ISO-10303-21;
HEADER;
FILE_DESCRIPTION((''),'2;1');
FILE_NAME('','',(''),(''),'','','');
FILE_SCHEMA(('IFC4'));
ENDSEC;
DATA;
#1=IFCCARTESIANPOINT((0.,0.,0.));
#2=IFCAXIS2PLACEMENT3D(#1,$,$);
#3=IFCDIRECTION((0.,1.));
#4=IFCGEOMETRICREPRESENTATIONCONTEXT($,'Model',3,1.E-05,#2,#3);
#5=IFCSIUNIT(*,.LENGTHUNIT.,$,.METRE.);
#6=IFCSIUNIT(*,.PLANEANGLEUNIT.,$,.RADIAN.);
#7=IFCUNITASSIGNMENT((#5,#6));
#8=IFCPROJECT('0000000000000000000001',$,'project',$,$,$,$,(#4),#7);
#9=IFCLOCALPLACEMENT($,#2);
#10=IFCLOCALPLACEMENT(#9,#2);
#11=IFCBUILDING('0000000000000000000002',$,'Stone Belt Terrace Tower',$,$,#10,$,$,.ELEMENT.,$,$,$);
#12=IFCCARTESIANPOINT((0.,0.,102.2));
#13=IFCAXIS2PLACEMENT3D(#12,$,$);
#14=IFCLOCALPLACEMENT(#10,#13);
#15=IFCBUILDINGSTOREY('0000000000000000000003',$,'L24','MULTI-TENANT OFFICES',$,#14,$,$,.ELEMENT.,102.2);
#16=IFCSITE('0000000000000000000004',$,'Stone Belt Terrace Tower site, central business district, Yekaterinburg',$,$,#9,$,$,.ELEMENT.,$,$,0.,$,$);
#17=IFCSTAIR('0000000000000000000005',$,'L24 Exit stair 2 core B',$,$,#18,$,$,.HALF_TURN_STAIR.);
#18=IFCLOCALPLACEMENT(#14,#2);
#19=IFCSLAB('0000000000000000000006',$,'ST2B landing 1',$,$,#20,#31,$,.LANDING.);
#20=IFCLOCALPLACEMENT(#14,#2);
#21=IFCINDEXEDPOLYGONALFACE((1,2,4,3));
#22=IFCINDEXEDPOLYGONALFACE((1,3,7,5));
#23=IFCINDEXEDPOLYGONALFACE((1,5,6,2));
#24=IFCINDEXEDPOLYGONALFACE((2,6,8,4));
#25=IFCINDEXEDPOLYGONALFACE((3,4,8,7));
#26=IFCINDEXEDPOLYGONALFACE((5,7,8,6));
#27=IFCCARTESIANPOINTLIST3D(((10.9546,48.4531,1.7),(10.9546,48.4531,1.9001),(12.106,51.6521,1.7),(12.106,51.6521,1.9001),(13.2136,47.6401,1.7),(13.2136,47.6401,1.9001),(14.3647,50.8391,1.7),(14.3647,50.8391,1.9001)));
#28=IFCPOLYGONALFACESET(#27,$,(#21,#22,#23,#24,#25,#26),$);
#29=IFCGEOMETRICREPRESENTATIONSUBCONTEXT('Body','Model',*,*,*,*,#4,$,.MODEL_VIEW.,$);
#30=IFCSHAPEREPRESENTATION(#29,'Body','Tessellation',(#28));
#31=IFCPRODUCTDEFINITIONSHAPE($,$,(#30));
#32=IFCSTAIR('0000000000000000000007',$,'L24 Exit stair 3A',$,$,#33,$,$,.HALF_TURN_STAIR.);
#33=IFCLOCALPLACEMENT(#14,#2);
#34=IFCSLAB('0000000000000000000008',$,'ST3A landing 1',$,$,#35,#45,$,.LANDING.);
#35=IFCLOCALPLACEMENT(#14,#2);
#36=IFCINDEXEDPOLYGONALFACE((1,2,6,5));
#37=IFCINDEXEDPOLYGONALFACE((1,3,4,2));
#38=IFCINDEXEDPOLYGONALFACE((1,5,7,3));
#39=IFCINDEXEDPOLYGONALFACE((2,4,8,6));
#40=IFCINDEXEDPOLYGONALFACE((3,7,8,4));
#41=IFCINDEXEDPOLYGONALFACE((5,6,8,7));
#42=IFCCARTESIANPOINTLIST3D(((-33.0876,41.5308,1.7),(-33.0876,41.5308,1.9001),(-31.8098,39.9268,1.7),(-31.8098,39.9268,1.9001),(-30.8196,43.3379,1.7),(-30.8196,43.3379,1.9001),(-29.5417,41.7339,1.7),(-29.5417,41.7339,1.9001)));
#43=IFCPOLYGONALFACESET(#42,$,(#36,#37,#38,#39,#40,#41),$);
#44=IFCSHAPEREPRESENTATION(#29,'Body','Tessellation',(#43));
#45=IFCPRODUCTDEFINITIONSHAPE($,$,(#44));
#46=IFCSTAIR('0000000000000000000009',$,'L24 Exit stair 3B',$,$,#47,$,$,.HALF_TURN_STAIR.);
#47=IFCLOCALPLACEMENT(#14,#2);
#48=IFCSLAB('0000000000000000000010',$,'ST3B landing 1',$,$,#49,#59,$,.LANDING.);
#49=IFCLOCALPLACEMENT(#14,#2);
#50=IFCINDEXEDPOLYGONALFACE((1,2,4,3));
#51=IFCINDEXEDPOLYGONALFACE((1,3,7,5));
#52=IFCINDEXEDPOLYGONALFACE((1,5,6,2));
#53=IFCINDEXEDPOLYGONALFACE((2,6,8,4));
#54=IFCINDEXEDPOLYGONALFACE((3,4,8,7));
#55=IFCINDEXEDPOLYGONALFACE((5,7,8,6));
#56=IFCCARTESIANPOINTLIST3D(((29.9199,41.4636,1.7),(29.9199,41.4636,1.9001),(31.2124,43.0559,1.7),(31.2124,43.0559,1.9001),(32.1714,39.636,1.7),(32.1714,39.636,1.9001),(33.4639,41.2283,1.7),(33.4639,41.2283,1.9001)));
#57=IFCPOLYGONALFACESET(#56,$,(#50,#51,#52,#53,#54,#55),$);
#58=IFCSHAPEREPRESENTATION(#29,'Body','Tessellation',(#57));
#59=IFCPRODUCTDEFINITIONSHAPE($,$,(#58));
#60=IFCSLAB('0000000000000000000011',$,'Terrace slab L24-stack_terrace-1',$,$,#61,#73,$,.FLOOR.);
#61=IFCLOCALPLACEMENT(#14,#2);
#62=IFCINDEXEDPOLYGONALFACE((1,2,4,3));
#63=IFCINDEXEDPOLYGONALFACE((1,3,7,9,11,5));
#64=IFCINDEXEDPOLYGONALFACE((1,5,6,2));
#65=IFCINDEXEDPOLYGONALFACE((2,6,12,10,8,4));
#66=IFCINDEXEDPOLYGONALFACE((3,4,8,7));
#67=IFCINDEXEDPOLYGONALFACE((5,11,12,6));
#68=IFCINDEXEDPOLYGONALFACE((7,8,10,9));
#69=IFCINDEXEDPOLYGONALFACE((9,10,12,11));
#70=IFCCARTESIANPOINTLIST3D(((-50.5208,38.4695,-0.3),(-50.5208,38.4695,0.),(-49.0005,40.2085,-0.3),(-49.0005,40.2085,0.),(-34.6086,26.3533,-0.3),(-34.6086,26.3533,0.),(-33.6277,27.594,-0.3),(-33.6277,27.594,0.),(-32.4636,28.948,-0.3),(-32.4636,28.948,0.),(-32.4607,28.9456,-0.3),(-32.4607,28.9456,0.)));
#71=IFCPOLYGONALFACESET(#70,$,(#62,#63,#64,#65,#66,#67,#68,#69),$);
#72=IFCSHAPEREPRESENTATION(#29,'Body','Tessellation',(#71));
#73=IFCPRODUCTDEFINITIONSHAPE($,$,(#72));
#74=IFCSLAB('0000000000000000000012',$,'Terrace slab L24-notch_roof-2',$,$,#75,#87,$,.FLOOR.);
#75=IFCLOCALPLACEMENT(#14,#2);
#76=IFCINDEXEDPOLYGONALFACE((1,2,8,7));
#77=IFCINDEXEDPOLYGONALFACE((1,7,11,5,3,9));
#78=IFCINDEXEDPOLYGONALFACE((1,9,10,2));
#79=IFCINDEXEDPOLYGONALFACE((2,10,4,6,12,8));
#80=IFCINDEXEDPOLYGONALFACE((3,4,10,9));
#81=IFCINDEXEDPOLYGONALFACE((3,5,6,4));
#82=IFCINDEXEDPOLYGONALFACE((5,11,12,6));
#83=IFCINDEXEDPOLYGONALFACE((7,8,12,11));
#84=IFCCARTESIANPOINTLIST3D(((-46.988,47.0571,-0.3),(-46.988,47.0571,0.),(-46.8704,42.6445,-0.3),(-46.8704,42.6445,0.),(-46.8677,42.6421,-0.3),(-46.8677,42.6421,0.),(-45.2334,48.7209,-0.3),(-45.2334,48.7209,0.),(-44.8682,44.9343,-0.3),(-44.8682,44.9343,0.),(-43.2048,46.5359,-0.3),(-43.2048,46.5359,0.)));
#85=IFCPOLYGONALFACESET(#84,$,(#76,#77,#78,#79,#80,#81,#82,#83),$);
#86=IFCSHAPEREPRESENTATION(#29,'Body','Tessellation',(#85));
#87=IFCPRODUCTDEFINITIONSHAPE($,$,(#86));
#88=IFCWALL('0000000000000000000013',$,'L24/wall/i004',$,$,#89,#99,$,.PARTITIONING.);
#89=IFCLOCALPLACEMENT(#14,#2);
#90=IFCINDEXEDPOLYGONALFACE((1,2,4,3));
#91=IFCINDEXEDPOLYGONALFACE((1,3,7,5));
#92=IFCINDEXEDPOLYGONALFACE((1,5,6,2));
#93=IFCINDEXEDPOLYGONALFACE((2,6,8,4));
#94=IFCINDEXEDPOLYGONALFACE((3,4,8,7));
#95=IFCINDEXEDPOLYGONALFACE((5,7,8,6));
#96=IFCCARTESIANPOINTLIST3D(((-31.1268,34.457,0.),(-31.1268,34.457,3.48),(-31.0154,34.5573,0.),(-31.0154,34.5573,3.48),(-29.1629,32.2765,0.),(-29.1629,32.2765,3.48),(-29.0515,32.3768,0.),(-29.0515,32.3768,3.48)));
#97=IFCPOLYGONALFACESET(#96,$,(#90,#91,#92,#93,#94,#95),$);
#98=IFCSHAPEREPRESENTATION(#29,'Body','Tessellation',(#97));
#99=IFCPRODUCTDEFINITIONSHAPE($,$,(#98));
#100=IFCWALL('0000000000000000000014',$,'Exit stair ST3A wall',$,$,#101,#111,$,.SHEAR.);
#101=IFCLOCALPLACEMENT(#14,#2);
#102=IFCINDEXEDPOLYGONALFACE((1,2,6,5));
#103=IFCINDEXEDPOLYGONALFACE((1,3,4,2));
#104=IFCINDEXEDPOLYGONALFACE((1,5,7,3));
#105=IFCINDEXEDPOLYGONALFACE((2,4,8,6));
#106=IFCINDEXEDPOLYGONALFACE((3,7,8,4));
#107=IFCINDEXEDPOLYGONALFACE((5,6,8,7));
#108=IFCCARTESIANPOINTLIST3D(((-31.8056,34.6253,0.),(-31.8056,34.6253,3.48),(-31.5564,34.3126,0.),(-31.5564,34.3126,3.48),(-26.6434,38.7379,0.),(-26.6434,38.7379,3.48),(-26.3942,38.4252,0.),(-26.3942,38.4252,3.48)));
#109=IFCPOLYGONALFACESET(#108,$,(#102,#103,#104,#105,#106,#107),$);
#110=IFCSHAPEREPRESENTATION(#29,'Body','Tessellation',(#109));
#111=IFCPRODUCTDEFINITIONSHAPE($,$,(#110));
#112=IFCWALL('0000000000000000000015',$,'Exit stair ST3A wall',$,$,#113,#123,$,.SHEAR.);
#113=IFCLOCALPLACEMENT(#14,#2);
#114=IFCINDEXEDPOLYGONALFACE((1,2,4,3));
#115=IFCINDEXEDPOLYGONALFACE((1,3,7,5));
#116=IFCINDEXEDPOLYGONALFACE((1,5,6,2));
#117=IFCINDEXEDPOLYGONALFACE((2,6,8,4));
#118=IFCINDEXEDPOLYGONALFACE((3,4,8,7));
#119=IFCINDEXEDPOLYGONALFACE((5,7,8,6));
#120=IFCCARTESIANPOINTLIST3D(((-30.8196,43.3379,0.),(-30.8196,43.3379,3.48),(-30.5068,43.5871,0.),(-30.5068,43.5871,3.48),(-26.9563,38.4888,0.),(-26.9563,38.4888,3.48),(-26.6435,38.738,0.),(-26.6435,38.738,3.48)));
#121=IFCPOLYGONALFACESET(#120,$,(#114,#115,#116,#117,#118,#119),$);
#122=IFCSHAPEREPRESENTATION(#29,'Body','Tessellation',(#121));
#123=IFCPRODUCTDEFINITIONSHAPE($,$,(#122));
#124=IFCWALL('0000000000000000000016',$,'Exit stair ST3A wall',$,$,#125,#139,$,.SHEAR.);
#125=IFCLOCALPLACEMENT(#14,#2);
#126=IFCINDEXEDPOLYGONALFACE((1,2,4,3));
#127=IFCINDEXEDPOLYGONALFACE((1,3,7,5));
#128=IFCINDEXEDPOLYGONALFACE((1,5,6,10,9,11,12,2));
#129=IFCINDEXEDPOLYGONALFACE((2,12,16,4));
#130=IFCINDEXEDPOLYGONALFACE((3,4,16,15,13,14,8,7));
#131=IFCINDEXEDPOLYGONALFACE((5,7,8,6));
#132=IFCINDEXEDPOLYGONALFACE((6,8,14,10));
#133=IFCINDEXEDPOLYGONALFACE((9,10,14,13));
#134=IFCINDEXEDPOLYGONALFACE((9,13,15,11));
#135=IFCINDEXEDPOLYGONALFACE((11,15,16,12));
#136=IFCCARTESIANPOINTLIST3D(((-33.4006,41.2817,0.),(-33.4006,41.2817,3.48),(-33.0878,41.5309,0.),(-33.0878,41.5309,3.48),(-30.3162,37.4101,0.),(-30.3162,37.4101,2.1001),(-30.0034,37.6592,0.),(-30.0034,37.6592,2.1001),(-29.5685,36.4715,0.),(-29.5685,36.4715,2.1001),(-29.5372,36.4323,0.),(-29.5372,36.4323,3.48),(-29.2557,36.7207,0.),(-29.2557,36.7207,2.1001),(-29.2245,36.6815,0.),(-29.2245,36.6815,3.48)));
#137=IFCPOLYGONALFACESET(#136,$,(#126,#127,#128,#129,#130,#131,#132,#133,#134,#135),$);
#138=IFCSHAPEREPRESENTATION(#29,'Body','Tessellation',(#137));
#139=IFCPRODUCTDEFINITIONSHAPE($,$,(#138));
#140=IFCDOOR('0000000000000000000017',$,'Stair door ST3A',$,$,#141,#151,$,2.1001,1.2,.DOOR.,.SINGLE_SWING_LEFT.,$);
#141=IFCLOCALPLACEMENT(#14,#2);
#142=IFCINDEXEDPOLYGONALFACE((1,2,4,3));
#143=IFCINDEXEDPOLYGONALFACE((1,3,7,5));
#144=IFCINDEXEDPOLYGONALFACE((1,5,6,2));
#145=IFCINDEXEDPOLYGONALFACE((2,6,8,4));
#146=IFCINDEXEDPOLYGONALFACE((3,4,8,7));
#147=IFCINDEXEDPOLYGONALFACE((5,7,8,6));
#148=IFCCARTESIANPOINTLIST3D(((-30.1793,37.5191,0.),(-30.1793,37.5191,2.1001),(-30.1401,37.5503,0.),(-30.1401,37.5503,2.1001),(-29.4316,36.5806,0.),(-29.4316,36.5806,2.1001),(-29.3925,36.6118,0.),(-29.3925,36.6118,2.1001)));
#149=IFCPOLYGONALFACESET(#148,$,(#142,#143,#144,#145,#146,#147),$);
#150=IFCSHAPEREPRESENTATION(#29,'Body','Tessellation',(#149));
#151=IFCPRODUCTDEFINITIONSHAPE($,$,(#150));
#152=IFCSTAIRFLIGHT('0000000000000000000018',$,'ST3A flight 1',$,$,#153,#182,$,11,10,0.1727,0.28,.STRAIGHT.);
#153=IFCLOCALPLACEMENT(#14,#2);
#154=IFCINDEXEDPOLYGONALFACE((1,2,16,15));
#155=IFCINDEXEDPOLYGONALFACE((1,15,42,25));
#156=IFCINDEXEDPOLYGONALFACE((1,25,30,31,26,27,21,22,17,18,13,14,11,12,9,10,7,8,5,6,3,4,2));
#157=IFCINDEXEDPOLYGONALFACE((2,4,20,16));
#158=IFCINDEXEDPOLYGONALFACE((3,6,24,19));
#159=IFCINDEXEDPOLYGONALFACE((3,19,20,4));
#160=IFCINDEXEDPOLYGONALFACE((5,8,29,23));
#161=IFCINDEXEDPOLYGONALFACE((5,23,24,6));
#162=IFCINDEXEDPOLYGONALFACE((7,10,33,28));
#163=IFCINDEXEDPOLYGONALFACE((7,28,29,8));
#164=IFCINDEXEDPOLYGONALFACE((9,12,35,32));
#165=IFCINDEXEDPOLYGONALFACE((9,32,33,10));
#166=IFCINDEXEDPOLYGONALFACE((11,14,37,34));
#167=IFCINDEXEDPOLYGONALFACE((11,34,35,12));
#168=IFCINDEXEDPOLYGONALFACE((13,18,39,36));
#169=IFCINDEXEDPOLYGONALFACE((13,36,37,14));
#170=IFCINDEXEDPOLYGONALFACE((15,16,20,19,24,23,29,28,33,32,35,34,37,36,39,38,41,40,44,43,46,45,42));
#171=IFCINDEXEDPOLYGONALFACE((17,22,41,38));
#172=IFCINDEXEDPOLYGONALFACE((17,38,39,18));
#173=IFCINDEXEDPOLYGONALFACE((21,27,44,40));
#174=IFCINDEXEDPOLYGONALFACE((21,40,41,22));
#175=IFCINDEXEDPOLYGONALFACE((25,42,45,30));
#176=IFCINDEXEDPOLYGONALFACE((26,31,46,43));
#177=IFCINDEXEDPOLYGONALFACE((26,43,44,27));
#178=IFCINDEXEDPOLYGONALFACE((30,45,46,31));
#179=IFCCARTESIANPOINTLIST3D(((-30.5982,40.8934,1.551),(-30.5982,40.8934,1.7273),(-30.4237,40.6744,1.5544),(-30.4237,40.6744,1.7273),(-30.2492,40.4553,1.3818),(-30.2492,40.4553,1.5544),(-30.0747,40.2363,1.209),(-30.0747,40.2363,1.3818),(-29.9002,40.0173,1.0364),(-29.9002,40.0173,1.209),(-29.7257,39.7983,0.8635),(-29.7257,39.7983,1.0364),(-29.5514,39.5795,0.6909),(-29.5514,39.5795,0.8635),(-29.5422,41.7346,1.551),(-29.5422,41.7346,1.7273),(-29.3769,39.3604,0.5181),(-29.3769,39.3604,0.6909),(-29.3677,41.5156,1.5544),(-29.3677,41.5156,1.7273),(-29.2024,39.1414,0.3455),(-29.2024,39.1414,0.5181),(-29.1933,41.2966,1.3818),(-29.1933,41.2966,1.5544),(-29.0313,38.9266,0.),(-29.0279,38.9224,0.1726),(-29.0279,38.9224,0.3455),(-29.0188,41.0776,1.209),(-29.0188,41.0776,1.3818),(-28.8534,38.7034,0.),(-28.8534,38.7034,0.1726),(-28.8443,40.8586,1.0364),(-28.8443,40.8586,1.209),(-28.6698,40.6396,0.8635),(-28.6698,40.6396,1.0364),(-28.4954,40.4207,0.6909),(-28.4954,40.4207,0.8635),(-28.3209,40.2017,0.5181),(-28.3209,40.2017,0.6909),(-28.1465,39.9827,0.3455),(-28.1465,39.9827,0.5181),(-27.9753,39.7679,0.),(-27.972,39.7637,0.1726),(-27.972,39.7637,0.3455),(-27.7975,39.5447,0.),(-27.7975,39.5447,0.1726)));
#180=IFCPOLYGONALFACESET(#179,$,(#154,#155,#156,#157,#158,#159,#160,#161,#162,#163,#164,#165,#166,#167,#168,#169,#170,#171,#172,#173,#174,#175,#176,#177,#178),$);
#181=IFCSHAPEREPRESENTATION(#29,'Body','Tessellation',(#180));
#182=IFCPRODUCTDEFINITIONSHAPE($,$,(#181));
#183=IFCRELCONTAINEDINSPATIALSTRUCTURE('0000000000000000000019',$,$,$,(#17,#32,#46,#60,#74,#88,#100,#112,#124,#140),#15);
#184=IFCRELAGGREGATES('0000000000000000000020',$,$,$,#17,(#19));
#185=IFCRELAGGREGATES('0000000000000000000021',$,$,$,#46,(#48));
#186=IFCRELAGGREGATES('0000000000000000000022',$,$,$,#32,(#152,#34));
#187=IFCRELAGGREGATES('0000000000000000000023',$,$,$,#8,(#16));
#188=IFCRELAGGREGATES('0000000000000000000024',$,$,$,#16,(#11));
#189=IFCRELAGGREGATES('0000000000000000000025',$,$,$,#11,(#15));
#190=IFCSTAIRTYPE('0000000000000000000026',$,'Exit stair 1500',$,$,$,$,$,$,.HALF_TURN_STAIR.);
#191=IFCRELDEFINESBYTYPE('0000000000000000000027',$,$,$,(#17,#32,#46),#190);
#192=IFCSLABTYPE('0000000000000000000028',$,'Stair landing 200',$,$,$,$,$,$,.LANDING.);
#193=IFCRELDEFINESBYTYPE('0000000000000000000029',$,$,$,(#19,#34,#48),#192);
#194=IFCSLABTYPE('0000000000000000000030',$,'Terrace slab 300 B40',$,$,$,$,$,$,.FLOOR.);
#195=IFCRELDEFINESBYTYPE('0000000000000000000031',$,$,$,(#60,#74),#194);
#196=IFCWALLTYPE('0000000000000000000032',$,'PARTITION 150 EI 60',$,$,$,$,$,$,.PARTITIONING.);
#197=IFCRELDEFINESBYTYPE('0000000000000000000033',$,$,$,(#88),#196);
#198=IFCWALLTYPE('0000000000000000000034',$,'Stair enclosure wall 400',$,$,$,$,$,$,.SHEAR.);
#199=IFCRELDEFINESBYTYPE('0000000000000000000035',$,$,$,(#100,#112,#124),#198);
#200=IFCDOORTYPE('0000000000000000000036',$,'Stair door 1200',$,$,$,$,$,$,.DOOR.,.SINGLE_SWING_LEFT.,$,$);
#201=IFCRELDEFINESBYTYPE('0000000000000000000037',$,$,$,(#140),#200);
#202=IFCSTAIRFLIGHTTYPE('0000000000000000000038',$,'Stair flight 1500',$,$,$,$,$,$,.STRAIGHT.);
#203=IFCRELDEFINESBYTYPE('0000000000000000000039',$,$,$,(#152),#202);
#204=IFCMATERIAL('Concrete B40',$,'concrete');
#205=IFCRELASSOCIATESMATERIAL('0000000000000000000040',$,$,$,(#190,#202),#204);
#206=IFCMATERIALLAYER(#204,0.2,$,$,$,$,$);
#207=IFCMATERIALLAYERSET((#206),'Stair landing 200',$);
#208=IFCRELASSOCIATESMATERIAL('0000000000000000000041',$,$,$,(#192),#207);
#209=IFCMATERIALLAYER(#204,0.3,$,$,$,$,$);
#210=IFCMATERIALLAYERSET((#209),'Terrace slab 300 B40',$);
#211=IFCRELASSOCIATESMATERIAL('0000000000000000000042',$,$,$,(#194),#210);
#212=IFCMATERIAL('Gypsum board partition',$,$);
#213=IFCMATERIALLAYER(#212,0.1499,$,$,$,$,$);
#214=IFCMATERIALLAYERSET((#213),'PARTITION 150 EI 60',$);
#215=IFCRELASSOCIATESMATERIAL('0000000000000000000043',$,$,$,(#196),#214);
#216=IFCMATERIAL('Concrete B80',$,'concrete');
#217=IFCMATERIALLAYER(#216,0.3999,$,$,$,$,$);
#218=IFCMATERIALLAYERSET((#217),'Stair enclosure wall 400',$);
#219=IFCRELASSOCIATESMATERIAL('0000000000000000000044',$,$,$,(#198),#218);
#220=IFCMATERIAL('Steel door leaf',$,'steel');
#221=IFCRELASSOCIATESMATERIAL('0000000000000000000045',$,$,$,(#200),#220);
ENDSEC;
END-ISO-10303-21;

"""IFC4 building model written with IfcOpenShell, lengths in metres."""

from ifc_helpers import new_model, si_unit, direction, frame, frame_2d, origin, place, context, subcontext, project, spatial, polyline, rectangle, outline, extrude, material, layer, layer_set, type_object, element, fill, aggregate, save


model = new_model("IFC4")

# Units and contexts
model_context = context("Model", 3, precision=1e-05, world=origin(), true_north=direction((0.0, 1.0)))
body_context = subcontext(model_context, "Body", "Model", "MODEL_VIEW")
ifc_project = project(units=[si_unit("LENGTHUNIT", "METRE"), si_unit("PLANEANGLEUNIT", "RADIAN")], contexts=[model_context])

# Site, building, storey
site_placement = place(None, origin())
site = spatial("IfcSite", under=ifc_project, at=site_placement, Name="Stone Belt Terrace Tower site, central business district, Yekaterinburg", CompositionType="ELEMENT", RefElevation=0.0)
building_placement = place(site_placement, origin())
building = spatial("IfcBuilding", under=site, at=building_placement, Name="Stone Belt Terrace Tower", CompositionType="ELEMENT")
storey_placement = place(building_placement, frame((0.0, 0.0, 102.2)))
storey = spatial("IfcBuildingStorey", under=building, at=storey_placement, Name="L24", Description="MULTI-TENANT OFFICES", CompositionType="ELEMENT", Elevation=102.2)

# Shared definitions
ifc_material_1 = material(Name="Concrete B80", Category="concrete")

# Shared definitions
ifc_material_2 = material(Name="Concrete B40", Category="concrete")

# Stairs, slabs
stair_type = type_object("IfcStairType", Name="Exit stair 1500", PredefinedType="HALF_TURN_STAIR", material=ifc_material_2)
ifc_layer_1 = layer(ifc_material_2, 0.2)
ifc_layer_set_1 = layer_set([ifc_layer_1], Name="Stair landing 200")
slab_type_1 = type_object("IfcSlabType", Name="Stair landing 200", PredefinedType="LANDING", material=ifc_layer_set_1)
stair_1_placement = place(storey_placement, origin())
stair_1 = element("IfcStair", 1, at=stair_1_placement, inside=storey, type_object=stair_type, Name="L24 Exit stair 2 core B", PredefinedType="HALF_TURN_STAIR")
slab_1_placement = place(storey_placement, frame((0.0, 0.0, 1.7)))
slab_1 = element("IfcSlab", 2, at=slab_1_placement, type_object=slab_type_1, Name="ST2B landing 1", PredefinedType="LANDING", context=body_context, shape_type="SweptSolid", body=[
    extrude(outline(polyline([(14.3647, 50.8391), (12.106, 51.6521), (10.9546, 48.4531), (13.2136, 47.6401), (14.3647, 50.8391)])), origin(), (0.0, 0.0, 1.0), 0.2002),
])
aggregate(stair_1, [slab_1])
stair_2_placement = place(storey_placement, origin())
stair_2 = element("IfcStair", 3, at=stair_2_placement, inside=storey, type_object=stair_type, Name="L24 Exit stair 3A", PredefinedType="HALF_TURN_STAIR")
slab_2_placement = place(storey_placement, frame((0.0, 0.0, 1.7)))
slab_2 = element("IfcSlab", 4, at=slab_2_placement, type_object=slab_type_1, Name="ST3A landing 1", PredefinedType="LANDING", context=body_context, shape_type="SweptSolid", body=[
    extrude(outline(polyline([(-29.5417, 41.7339), (-30.8196, 43.3379), (-33.0876, 41.5308), (-31.8098, 39.9268), (-29.5417, 41.7339)])), origin(), (0.0, 0.0, 1.0), 0.2002),
])
stair_3_placement = place(storey_placement, origin())
stair_3 = element("IfcStair", 5, at=stair_3_placement, inside=storey, type_object=stair_type, Name="L24 Exit stair 3B", PredefinedType="HALF_TURN_STAIR")
slab_3_placement = place(storey_placement, frame((0.0, 0.0, 1.7)))
slab_3 = element("IfcSlab", 6, at=slab_3_placement, type_object=slab_type_1, Name="ST3B landing 1", PredefinedType="LANDING", context=body_context, shape_type="SweptSolid", body=[
    extrude(outline(polyline([(32.1714, 39.636), (33.4639, 41.2283), (31.2124, 43.0559), (29.9199, 41.4636), (32.1714, 39.636)])), origin(), (0.0, 0.0, 1.0), 0.2002),
])
aggregate(stair_3, [slab_3])

# Slabs
ifc_layer_2 = layer(ifc_material_2, 0.3)
ifc_layer_set_2 = layer_set([ifc_layer_2], Name="Terrace slab 300 B40")
slab_type_2 = type_object("IfcSlabType", Name="Terrace slab 300 B40", PredefinedType="FLOOR", material=ifc_layer_set_2)
slab_4_placement = place(storey_placement, frame((0.0, 0.0, -0.3)))
element("IfcSlab", 7, at=slab_4_placement, inside=storey, type_object=slab_type_2, Name="Terrace slab L24-stack_terrace-1", PredefinedType="FLOOR", context=body_context, shape_type="SweptSolid", body=[
    extrude(outline(polyline([(-50.5208, 38.4695), (-34.6086, 26.3533), (-32.4607, 28.9456), (-32.4636, 28.948), (-33.6277, 27.594), (-49.0005, 40.2085), (-50.5208, 38.4695)])), origin(), (0.0, 0.0, 1.0), 0.3),
])
slab_5_placement = place(storey_placement, frame((0.0, 0.0, -0.3)))
element("IfcSlab", 8, at=slab_5_placement, inside=storey, type_object=slab_type_2, Name="Terrace slab L24-notch_roof-2", PredefinedType="FLOOR", context=body_context, shape_type="SweptSolid", body=[
    extrude(outline(polyline([(-46.988, 47.0571), (-44.8682, 44.9343), (-46.8704, 42.6445), (-46.8677, 42.6421), (-43.2048, 46.5359), (-45.2334, 48.7209), (-46.988, 47.0571)])), origin(), (0.0, 0.0, 1.0), 0.3),
])

# Walls
ifc_material_3 = material(Name="Gypsum board partition")
ifc_layer_3 = layer(ifc_material_3, 0.1499)
ifc_layer_set_3 = layer_set([ifc_layer_3], Name="PARTITION 150 EI 60")
wall_type_1 = type_object("IfcWallType", Name="PARTITION 150 EI 60", PredefinedType="PARTITIONING", material=ifc_layer_set_3)
wall_1_placement = place(storey_placement, frame((-29.1072, 32.3267, 0.0), z_axis=(0.0, 0.0, 1.0), x_axis=(-0.669245, 0.743042, 0.0)))
element("IfcWall", 9, at=wall_1_placement, inside=storey, type_object=wall_type_1, Name="L24/wall/i004", PredefinedType="PARTITIONING", context=body_context, shape_type="SweptSolid", body=[
    extrude(rectangle(XDim=2.9346, YDim=0.1499, at=frame_2d((1.4673, 0.0))), origin(), (0.0, 0.0, 1.0), 3.48),
])
ifc_layer_4 = layer(ifc_material_1, 0.3999)
ifc_layer_set_4 = layer_set([ifc_layer_4], Name="Stair enclosure wall 400")
wall_type_2 = type_object("IfcWallType", Name="Stair enclosure wall 400", PredefinedType="SHEAR", material=ifc_layer_set_4)
wall_2_placement = place(storey_placement, frame((-26.5188, 38.5815, 0.0), z_axis=(0.0, 0.0, 1.0), x_axis=(-0.782134, -0.62311, 0.0)))
element("IfcWall", 10, at=wall_2_placement, inside=storey, type_object=wall_type_2, Name="Exit stair ST3A wall", PredefinedType="SHEAR", context=body_context, shape_type="SweptSolid", body=[
    extrude(rectangle(XDim=6.6001, YDim=0.3999, at=frame_2d((3.3, 0.0))), origin(), (0.0, 0.0, 1.0), 3.48),
])
wall_3_placement = place(storey_placement, frame((-26.7998, 38.6133, 0.0), z_axis=(0.0, 0.0, 1.0), x_axis=(-0.623119, 0.782127, 0.0)))
element("IfcWall", 11, at=wall_3_placement, inside=storey, type_object=wall_type_2, Name="Exit stair ST3A wall", PredefinedType="SHEAR", context=body_context, shape_type="SweptSolid", body=[
    extrude(rectangle(XDim=6.2, YDim=0.3999, at=frame_2d((3.1001, 0.0))), origin(), (0.0, 0.0, 1.0), 3.48),
])

# Wall, opening, door
wall_4_placement = place(storey_placement, frame((-29.3809, 36.5569, 0.0), z_axis=(0.0, 0.0, 1.0), x_axis=(-0.623099, 0.782143, 0.0)))
wall_4 = element("IfcWall", 12, at=wall_4_placement, inside=storey, type_object=wall_type_2, Name="Exit stair ST3A wall", PredefinedType="SHEAR", context=body_context, shape_type="SweptSolid", body=[
    extrude(rectangle(XDim=6.2002, YDim=0.3999, at=frame_2d((3.1001, 0.0))), origin(), (0.0, 0.0, 1.0), 3.48),
])
opening_placement = place(wall_4_placement, frame((0.05, 0.0, 0.0)))
opening = element("IfcOpeningElement", 13, at=opening_placement, cuts=wall_4, PredefinedType="OPENING", context=body_context, shape_type="SweptSolid", body=[
    extrude(rectangle(XDim=1.2, YDim=2.1001, at=frame_2d((0.6001, 1.05))), frame((0.0, 0.21, 0.0), z_axis=(0.0, -1.0, 0.0), x_axis=(1.0, 0.0, 0.0)), (0.0, 0.0, 1.0), 0.4199),
])
ifc_material_4 = material(Name="Steel door leaf", Category="steel")
door_type = type_object("IfcDoorType", Name="Stair door 1200", OperationType="SINGLE_SWING_LEFT", PredefinedType="DOOR", material=ifc_material_4)
door_placement = place(opening_placement, origin())
door = element("IfcDoor", 14, at=door_placement, inside=storey, type_object=door_type, Name="Stair door ST3A", OperationType="SINGLE_SWING_LEFT", OverallHeight=2.1001, OverallWidth=1.2, PredefinedType="DOOR", context=body_context, shape_type="SweptSolid", body=[
    extrude(rectangle(XDim=1.2, YDim=2.1001, at=frame_2d((0.6001, 1.05))), frame((0.0, 0.0249, 0.0), z_axis=(0.0, -1.0, 0.0), x_axis=(1.0, 0.0, 0.0)), (0.0, 0.0, 1.0), 0.05),
])
fill(opening, door)

# Stair flight
stair_flight_type = type_object("IfcStairFlightType", Name="Stair flight 1500", PredefinedType="STRAIGHT", material=ifc_material_2)
stair_flight_placement = place(storey_placement, frame((-28.3254, 39.124, 0.0), z_axis=(0.0, 0.0, 1.0), x_axis=(-0.623121, 0.782125, 0.0)))
stair_flight = element("IfcStairFlight", 15, at=stair_flight_placement, type_object=stair_flight_type, Name="ST3A flight 1", NumberOfRisers=11, NumberOfTreads=10, PredefinedType="STRAIGHT", RiserHeight=0.1727, TreadLength=0.28, context=body_context, shape_type="SweptSolid", body=[
    extrude(outline(polyline([(0.0, 0.0), (0.0, 0.1726), (0.28, 0.1726), (0.28, 0.3455), (0.5601, 0.3455), (0.5601, 0.5181), (0.8401, 0.5181), (0.8401, 0.6909), (1.1201, 0.6909), (1.1201, 0.8635), (1.3999, 0.8635), (1.3999, 1.0364), (1.6799, 1.0364), (1.6799, 1.209), (1.96, 1.209), (1.96, 1.3818), (2.24, 1.3818), (2.24, 1.5544), (2.52, 1.5544), (2.52, 1.7273), (2.8, 1.7273), (2.8, 1.8999), (2.8, 1.551), (0.2854, 0.0), (0.0, 0.0)])), frame((0.0, 0.675, 0.0), z_axis=(0.0, -1.0, 0.0), x_axis=(1.0, 0.0, 0.0)), (0.0, 0.0, 1.0), 1.3501),
])
aggregate(stair_2, [stair_flight, slab_2])

save(model, "model.ifc")
